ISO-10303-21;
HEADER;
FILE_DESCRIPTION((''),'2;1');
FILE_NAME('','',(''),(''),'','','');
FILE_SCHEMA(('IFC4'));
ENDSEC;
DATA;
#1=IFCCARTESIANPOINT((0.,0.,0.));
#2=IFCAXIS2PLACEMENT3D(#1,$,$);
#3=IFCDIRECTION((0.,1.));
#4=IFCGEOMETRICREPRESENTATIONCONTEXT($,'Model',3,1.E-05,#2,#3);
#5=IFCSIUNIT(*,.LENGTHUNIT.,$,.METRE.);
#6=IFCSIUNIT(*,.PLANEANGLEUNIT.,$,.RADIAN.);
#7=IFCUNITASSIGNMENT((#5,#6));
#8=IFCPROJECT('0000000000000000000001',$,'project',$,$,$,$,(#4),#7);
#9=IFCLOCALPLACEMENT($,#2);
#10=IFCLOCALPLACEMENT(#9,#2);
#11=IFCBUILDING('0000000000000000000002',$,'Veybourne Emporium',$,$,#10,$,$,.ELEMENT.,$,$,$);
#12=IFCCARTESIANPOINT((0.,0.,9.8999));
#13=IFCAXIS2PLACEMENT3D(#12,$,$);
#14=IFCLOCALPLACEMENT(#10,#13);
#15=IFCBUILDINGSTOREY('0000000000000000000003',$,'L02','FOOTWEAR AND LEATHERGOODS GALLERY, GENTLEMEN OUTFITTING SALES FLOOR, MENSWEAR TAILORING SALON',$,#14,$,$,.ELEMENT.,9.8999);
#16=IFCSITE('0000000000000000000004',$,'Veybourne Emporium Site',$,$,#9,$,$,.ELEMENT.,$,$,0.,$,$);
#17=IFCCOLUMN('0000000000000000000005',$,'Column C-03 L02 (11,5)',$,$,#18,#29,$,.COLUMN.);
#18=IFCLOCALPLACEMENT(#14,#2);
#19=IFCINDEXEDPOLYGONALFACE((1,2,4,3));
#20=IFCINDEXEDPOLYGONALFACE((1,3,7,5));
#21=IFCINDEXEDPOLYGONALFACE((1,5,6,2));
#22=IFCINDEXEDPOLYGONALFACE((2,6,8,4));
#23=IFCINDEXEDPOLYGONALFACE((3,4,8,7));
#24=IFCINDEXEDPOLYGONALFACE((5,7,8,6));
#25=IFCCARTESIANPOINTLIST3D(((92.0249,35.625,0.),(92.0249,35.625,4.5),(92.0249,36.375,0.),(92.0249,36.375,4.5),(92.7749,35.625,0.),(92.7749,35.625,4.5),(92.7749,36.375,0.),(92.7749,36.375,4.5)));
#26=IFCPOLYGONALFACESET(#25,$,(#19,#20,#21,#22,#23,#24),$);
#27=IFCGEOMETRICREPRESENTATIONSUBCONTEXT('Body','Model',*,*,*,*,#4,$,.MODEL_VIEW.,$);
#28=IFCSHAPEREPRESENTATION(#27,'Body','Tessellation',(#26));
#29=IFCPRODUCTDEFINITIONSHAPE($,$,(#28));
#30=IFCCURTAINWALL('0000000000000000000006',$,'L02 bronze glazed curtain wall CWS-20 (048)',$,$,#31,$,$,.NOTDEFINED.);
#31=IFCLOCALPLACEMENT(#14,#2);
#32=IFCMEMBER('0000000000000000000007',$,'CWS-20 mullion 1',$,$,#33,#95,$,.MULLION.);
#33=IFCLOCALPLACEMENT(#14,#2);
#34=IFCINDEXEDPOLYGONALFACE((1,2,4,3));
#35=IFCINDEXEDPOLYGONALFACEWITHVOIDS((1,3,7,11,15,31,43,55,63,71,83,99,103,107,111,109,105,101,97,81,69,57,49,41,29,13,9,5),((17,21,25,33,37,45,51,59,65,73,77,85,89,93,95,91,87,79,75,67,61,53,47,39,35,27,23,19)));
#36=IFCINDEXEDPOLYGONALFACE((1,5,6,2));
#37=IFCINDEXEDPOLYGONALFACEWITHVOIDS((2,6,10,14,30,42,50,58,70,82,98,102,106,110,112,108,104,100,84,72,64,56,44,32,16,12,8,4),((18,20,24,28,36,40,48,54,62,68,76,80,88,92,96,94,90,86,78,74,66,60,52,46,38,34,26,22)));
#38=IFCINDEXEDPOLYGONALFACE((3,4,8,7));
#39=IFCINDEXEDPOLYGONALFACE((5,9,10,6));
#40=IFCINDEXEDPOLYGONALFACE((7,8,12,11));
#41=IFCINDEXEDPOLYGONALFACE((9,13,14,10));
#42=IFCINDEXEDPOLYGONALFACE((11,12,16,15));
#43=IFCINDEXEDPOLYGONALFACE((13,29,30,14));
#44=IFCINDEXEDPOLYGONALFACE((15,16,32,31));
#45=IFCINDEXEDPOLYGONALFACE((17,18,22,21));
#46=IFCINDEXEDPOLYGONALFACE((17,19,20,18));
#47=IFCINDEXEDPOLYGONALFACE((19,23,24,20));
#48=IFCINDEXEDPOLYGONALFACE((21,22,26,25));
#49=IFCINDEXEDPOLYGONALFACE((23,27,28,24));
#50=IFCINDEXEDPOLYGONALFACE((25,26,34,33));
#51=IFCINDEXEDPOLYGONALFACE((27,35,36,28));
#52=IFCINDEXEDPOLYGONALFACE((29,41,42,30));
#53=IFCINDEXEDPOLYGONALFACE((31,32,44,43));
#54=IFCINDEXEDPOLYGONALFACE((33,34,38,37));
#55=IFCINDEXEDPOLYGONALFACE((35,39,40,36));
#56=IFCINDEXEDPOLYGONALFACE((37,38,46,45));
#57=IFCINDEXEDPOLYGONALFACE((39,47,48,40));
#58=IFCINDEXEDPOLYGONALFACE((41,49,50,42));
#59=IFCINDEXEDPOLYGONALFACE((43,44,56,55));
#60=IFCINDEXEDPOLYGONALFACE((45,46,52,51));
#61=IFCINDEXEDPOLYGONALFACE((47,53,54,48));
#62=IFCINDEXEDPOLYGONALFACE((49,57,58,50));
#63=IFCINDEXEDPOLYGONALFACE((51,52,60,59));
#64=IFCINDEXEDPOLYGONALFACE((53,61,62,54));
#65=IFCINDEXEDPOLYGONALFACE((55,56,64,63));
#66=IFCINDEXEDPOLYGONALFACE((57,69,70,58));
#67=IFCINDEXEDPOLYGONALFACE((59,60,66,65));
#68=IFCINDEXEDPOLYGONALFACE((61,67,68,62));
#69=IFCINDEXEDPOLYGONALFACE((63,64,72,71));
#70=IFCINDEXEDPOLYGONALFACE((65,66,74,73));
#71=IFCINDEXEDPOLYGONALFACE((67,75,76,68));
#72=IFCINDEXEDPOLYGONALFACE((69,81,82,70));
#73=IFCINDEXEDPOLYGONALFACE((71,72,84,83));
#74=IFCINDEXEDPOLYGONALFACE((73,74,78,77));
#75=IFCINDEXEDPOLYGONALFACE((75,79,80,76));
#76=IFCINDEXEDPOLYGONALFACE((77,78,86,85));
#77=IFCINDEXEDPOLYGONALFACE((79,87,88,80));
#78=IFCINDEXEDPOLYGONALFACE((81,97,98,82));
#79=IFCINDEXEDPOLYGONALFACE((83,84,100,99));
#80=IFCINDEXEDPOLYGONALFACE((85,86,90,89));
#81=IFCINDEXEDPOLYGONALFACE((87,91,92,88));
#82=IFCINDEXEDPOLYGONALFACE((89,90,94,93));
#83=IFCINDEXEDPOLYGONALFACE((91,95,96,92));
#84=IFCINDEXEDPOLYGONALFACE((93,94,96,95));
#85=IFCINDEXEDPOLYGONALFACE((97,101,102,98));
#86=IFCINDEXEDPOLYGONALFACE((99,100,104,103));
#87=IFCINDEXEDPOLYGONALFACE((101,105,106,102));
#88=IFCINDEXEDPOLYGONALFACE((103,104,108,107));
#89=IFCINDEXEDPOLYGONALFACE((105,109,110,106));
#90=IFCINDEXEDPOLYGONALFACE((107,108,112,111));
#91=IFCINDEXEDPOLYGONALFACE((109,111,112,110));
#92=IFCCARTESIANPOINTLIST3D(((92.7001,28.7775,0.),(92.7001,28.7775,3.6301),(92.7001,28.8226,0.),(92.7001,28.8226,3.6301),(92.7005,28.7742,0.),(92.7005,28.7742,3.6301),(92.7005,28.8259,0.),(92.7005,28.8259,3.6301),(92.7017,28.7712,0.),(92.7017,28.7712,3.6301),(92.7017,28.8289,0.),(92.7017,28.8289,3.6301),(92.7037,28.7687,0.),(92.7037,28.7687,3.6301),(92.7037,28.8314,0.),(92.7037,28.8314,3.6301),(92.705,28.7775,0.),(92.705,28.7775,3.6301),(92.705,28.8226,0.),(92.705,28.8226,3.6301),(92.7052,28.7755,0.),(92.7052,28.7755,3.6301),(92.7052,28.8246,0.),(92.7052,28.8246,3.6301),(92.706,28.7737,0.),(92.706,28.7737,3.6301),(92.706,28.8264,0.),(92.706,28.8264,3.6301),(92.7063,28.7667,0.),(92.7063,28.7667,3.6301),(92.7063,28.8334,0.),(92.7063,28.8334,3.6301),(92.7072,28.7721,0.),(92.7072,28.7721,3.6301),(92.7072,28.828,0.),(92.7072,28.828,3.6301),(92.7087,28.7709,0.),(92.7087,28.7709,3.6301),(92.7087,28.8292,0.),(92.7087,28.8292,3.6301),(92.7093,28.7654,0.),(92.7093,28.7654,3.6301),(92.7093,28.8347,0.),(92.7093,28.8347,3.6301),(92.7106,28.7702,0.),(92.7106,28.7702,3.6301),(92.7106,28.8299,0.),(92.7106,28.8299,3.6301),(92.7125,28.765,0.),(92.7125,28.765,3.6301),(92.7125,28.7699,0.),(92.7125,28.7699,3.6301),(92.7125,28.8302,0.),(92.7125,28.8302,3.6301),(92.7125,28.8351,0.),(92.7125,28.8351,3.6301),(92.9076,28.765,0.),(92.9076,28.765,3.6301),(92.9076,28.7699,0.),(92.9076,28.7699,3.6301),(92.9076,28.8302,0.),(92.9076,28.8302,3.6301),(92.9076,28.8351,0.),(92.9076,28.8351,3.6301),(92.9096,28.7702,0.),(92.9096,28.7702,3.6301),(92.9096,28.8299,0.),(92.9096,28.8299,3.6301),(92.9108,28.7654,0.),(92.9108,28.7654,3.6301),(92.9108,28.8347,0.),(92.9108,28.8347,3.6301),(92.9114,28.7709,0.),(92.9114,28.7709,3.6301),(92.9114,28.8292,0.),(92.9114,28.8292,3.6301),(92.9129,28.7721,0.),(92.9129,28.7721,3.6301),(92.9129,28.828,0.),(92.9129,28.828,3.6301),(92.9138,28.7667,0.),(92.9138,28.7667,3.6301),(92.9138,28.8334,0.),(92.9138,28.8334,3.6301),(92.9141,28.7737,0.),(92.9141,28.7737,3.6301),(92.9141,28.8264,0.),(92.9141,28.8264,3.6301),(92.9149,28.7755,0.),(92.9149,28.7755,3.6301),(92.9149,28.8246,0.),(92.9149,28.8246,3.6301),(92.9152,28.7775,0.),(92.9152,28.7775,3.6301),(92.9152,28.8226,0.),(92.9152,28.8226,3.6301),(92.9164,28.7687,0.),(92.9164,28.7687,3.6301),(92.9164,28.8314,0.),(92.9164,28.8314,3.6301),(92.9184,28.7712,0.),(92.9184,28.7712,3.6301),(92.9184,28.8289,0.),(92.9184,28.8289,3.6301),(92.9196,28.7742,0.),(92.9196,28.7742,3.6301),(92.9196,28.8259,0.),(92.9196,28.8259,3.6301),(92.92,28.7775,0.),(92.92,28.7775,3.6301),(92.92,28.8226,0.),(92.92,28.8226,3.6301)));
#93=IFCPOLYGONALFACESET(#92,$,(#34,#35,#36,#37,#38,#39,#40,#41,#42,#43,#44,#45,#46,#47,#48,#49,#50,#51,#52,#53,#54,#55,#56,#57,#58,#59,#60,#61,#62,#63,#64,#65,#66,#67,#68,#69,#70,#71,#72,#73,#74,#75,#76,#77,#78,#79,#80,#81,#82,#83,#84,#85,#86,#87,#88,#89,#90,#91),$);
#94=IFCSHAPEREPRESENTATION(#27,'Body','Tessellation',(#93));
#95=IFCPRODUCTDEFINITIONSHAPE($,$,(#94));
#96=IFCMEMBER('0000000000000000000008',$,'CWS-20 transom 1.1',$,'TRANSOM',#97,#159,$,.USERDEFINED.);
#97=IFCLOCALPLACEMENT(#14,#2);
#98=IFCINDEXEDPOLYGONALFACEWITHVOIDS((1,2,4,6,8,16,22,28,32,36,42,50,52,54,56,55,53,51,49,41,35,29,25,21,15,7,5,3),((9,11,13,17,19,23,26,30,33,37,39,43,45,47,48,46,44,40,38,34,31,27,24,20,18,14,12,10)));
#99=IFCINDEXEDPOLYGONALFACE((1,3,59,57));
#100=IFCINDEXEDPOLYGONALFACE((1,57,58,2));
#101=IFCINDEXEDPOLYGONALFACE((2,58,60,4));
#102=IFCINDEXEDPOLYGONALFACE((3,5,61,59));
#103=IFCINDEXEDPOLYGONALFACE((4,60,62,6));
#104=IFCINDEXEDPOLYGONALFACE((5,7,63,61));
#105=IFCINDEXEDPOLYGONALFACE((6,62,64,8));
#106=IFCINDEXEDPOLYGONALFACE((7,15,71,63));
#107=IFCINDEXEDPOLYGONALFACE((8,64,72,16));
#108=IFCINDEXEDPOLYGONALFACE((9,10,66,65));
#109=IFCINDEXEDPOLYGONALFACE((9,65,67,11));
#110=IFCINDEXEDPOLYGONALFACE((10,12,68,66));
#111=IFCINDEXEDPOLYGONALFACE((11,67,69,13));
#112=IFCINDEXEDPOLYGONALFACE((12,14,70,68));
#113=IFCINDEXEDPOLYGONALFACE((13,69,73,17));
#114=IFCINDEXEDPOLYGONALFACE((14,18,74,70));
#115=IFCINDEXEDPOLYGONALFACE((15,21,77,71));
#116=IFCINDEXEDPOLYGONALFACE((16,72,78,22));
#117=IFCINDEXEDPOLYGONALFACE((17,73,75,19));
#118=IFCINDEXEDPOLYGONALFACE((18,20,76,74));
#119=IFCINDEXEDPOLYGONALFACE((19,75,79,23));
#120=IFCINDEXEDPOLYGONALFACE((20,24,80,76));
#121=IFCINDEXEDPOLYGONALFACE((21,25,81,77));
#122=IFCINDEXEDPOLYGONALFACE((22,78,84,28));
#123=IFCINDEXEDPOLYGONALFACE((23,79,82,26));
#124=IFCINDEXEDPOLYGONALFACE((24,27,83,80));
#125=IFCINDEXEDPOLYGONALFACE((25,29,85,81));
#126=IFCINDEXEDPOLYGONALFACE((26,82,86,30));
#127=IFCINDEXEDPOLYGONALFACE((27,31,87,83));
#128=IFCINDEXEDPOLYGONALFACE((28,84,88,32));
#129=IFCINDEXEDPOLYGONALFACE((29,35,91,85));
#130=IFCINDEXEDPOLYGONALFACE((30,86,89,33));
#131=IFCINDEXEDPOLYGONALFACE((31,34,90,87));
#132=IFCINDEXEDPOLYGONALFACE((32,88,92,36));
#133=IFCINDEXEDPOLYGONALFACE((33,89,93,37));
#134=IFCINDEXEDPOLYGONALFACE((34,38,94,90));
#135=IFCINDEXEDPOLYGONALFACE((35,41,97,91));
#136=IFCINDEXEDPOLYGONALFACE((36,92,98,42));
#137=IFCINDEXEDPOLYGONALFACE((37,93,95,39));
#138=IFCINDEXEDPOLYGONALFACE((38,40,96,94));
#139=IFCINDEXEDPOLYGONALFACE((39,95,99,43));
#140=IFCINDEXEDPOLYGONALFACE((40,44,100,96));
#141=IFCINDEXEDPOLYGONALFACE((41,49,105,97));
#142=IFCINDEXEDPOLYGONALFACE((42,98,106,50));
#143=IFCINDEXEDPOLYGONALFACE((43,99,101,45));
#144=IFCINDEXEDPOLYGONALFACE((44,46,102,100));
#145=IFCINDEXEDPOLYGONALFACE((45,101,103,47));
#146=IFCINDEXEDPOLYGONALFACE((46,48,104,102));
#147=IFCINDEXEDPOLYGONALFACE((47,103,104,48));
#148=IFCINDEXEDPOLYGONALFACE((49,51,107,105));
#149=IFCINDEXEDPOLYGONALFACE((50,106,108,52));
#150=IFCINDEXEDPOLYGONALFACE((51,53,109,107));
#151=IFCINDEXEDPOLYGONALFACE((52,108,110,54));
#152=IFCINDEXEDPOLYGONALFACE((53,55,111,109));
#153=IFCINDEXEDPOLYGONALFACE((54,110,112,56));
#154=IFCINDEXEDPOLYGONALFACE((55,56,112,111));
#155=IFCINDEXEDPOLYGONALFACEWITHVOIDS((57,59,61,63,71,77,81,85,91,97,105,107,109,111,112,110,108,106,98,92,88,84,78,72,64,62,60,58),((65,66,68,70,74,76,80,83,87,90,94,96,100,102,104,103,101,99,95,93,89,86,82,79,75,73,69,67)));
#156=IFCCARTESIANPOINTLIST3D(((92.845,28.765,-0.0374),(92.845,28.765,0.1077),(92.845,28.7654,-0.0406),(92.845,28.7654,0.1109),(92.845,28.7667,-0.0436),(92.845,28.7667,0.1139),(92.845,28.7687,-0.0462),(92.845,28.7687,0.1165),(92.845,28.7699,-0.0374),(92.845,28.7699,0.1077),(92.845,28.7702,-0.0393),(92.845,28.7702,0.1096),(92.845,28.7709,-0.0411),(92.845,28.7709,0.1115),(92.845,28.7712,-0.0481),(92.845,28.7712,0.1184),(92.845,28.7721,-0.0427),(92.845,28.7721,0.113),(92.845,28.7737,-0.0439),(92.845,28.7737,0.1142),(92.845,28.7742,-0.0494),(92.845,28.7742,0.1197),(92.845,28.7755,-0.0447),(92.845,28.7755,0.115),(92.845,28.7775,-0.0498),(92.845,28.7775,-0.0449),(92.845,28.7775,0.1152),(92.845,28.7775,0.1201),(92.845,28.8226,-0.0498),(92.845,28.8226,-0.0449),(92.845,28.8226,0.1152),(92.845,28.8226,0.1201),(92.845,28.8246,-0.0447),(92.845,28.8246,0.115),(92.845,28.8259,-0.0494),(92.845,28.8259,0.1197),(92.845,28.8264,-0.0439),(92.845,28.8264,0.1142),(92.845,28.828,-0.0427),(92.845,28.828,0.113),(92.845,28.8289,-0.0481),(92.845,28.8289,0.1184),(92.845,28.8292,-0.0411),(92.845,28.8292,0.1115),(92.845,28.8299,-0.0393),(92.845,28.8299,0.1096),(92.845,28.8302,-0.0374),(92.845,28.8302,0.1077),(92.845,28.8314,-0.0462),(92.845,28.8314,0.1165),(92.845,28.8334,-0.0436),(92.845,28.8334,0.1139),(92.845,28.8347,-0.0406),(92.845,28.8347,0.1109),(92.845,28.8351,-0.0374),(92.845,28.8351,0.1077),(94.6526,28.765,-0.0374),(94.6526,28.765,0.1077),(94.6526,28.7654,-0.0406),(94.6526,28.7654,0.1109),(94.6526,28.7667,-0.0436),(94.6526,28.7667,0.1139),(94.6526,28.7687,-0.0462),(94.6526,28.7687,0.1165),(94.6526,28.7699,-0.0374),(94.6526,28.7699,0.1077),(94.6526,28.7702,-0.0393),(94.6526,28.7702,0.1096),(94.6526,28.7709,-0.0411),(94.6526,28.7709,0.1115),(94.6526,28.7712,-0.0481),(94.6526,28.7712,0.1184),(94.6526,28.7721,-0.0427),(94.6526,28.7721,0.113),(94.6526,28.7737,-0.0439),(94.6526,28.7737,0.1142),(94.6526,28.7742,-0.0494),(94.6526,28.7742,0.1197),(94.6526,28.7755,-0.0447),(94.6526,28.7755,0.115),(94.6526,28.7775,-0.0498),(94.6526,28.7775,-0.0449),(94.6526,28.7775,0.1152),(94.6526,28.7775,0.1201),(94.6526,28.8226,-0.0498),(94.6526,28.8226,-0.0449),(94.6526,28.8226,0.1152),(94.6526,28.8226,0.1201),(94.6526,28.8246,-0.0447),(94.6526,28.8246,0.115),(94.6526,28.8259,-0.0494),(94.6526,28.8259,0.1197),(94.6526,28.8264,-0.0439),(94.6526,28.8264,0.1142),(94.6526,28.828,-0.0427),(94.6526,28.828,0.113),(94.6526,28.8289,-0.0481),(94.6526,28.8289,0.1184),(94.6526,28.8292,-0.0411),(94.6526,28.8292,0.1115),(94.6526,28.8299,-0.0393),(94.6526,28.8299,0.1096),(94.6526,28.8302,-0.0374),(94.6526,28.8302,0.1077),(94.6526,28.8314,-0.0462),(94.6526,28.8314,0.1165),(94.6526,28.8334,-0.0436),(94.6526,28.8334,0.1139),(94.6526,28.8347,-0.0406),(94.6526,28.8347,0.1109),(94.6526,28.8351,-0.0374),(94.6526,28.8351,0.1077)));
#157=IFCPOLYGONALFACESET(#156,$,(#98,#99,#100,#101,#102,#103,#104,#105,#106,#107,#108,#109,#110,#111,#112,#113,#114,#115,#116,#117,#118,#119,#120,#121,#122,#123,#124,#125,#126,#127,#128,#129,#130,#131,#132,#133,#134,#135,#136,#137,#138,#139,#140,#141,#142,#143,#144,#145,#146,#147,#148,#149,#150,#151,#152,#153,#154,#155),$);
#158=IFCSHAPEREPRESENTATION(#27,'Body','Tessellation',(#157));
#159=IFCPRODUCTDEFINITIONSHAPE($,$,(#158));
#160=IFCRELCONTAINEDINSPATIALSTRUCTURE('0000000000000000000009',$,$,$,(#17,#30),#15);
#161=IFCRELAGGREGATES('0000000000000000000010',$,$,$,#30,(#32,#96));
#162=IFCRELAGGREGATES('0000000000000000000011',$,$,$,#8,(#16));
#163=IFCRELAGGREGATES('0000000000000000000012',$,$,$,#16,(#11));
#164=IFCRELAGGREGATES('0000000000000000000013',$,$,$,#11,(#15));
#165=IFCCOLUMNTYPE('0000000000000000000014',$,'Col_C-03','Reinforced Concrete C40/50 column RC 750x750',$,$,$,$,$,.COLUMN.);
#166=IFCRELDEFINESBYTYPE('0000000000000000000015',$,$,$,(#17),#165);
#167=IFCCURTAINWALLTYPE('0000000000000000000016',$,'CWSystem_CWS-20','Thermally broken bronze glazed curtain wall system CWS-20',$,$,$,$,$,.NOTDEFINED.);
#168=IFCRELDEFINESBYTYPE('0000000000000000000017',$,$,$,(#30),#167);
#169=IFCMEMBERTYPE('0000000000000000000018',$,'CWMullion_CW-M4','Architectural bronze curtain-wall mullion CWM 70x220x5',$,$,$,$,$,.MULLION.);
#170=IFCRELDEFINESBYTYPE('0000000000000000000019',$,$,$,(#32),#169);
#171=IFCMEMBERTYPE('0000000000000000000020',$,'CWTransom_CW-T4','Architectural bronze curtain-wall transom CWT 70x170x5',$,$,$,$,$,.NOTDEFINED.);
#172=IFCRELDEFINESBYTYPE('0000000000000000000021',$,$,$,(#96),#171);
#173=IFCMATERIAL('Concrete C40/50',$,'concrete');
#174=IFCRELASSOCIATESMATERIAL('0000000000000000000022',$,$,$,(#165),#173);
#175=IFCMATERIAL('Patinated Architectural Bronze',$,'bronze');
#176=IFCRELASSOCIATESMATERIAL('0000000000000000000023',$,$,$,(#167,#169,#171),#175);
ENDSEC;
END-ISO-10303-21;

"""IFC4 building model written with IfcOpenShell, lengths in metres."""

from ifc_helpers import new_model, si_unit, direction, frame, origin, origin_2d, place, context, subcontext, project, spatial, rectangle, hollow_rectangle, extrude, material, material_profile, profile_set, type_object, element, aggregate, save


model = new_model("IFC4")

# Units and contexts
model_context = context("Model", 3, precision=1e-05, world=origin(), true_north=direction((0.0, 1.0)))
body_context = subcontext(model_context, "Body", "Model", "MODEL_VIEW")
ifc_project = project(units=[si_unit("LENGTHUNIT", "METRE"), si_unit("PLANEANGLEUNIT", "RADIAN")], contexts=[model_context])

# Site, building, storey
site_placement = place(None, origin())
site = spatial("IfcSite", under=ifc_project, at=site_placement, Name="Veybourne Emporium Site", CompositionType="ELEMENT", RefElevation=0.0)
building_placement = place(site_placement, origin())
building = spatial("IfcBuilding", under=site, at=building_placement, Name="Veybourne Emporium", CompositionType="ELEMENT")
storey_placement = place(building_placement, frame((0.0, 0.0, 9.8999)))
storey = spatial("IfcBuildingStorey", under=building, at=storey_placement, Name="L02", Description="FOOTWEAR AND LEATHERGOODS GALLERY, GENTLEMEN OUTFITTING SALES FLOOR, MENSWEAR TAILORING SALON", CompositionType="ELEMENT", Elevation=9.8999)

# Column
ifc_material_1 = material(Name="Concrete C40/50", Category="concrete")
ifc_material_profile_1 = material_profile(ifc_material_1, rectangle(XDim=0.75, YDim=0.75, at=origin_2d()), Name="RC 750x750")
ifc_profile_set_1 = profile_set([ifc_material_profile_1], Name="Concrete C40/50")
column_type = type_object("IfcColumnType", Name="Col_C-03", Description="Reinforced Concrete C40/50 column RC 750x750", PredefinedType="COLUMN", material=ifc_profile_set_1)
column_placement = place(storey_placement, frame((92.3999, 36.0, 0.0), z_axis=(0.0, 0.0, 1.0), x_axis=(1.0, 0.0, 0.0)))
element("IfcColumn", 1, at=column_placement, inside=storey, type_object=column_type, Name="Column C-03 L02 (11,5)", PredefinedType="COLUMN", context=body_context, shape_type="SweptSolid", body=[
    extrude(rectangle(XDim=0.75, YDim=0.75, at=origin_2d()), origin(), (0.0, 0.0, 1.0), 4.5),
])

# Curtain wall, members
ifc_material_2 = material(Name="Patinated Architectural Bronze", Category="bronze")
curtain_wall_type = type_object("IfcCurtainWallType", Name="CWSystem_CWS-20", Description="Thermally broken bronze glazed curtain wall system CWS-20", PredefinedType="NOTDEFINED", material=ifc_material_2)
curtain_wall_placement = place(storey_placement, origin())
curtain_wall = element("IfcCurtainWall", 2, at=curtain_wall_placement, inside=storey, type_object=curtain_wall_type, Name="L02 bronze glazed curtain wall CWS-20 (048)", PredefinedType="NOTDEFINED")
ifc_material_profile_2 = material_profile(ifc_material_2, hollow_rectangle(XDim=0.0701, YDim=0.22, WallThickness=0.0049, InnerFilletRadius=0.0076, OuterFilletRadius=0.0125, at=origin_2d()), Name="CWM 70x220x5")
ifc_profile_set_2 = profile_set([ifc_material_profile_2], Name="Patinated Architectural Bronze")
member_type_1 = type_object("IfcMemberType", Name="CWMullion_CW-M4", Description="Architectural bronze curtain-wall mullion CWM 70x220x5", PredefinedType="MULLION", material=ifc_profile_set_2)
member_1_placement = place(storey_placement, frame((92.8101, 28.8, 0.0), z_axis=(0.0, 0.0, 1.0), x_axis=(0.0, 1.0, 0.0)))
member_1 = element("IfcMember", 3, at=member_1_placement, type_object=member_type_1, Name="CWS-20 mullion 1", PredefinedType="MULLION", context=body_context, shape_type="SweptSolid", body=[
    extrude(hollow_rectangle(XDim=0.0701, YDim=0.22, WallThickness=0.0049, InnerFilletRadius=0.0076, OuterFilletRadius=0.0125, at=origin_2d()), origin(), (0.0, 0.0, 1.0), 3.6301),
])
ifc_material_profile_3 = material_profile(ifc_material_2, hollow_rectangle(XDim=0.0701, YDim=0.1699, WallThickness=0.0049, InnerFilletRadius=0.0076, OuterFilletRadius=0.0125, at=origin_2d()), Name="CWT 70x170x5")
ifc_profile_set_3 = profile_set([ifc_material_profile_3], Name="Patinated Architectural Bronze")
member_type_2 = type_object("IfcMemberType", Name="CWTransom_CW-T4", Description="Architectural bronze curtain-wall transom CWT 70x170x5", PredefinedType="NOTDEFINED", material=ifc_profile_set_3)
member_2_placement = place(storey_placement, frame((92.845, 28.8, 0.0352), z_axis=(1.0, 0.0, 0.0), x_axis=(0.0, 1.0, 0.0)))
member_2 = element("IfcMember", 4, at=member_2_placement, type_object=member_type_2, Name="CWS-20 transom 1.1", ObjectType="TRANSOM", PredefinedType="USERDEFINED", context=body_context, shape_type="SweptSolid", body=[
    extrude(hollow_rectangle(XDim=0.0701, YDim=0.1699, WallThickness=0.0049, InnerFilletRadius=0.0076, OuterFilletRadius=0.0125, at=origin_2d()), origin(), (0.0, 0.0, 1.0), 1.8076),
])

aggregate(curtain_wall, [member_1, member_2])

save(model, "model.ifc")
